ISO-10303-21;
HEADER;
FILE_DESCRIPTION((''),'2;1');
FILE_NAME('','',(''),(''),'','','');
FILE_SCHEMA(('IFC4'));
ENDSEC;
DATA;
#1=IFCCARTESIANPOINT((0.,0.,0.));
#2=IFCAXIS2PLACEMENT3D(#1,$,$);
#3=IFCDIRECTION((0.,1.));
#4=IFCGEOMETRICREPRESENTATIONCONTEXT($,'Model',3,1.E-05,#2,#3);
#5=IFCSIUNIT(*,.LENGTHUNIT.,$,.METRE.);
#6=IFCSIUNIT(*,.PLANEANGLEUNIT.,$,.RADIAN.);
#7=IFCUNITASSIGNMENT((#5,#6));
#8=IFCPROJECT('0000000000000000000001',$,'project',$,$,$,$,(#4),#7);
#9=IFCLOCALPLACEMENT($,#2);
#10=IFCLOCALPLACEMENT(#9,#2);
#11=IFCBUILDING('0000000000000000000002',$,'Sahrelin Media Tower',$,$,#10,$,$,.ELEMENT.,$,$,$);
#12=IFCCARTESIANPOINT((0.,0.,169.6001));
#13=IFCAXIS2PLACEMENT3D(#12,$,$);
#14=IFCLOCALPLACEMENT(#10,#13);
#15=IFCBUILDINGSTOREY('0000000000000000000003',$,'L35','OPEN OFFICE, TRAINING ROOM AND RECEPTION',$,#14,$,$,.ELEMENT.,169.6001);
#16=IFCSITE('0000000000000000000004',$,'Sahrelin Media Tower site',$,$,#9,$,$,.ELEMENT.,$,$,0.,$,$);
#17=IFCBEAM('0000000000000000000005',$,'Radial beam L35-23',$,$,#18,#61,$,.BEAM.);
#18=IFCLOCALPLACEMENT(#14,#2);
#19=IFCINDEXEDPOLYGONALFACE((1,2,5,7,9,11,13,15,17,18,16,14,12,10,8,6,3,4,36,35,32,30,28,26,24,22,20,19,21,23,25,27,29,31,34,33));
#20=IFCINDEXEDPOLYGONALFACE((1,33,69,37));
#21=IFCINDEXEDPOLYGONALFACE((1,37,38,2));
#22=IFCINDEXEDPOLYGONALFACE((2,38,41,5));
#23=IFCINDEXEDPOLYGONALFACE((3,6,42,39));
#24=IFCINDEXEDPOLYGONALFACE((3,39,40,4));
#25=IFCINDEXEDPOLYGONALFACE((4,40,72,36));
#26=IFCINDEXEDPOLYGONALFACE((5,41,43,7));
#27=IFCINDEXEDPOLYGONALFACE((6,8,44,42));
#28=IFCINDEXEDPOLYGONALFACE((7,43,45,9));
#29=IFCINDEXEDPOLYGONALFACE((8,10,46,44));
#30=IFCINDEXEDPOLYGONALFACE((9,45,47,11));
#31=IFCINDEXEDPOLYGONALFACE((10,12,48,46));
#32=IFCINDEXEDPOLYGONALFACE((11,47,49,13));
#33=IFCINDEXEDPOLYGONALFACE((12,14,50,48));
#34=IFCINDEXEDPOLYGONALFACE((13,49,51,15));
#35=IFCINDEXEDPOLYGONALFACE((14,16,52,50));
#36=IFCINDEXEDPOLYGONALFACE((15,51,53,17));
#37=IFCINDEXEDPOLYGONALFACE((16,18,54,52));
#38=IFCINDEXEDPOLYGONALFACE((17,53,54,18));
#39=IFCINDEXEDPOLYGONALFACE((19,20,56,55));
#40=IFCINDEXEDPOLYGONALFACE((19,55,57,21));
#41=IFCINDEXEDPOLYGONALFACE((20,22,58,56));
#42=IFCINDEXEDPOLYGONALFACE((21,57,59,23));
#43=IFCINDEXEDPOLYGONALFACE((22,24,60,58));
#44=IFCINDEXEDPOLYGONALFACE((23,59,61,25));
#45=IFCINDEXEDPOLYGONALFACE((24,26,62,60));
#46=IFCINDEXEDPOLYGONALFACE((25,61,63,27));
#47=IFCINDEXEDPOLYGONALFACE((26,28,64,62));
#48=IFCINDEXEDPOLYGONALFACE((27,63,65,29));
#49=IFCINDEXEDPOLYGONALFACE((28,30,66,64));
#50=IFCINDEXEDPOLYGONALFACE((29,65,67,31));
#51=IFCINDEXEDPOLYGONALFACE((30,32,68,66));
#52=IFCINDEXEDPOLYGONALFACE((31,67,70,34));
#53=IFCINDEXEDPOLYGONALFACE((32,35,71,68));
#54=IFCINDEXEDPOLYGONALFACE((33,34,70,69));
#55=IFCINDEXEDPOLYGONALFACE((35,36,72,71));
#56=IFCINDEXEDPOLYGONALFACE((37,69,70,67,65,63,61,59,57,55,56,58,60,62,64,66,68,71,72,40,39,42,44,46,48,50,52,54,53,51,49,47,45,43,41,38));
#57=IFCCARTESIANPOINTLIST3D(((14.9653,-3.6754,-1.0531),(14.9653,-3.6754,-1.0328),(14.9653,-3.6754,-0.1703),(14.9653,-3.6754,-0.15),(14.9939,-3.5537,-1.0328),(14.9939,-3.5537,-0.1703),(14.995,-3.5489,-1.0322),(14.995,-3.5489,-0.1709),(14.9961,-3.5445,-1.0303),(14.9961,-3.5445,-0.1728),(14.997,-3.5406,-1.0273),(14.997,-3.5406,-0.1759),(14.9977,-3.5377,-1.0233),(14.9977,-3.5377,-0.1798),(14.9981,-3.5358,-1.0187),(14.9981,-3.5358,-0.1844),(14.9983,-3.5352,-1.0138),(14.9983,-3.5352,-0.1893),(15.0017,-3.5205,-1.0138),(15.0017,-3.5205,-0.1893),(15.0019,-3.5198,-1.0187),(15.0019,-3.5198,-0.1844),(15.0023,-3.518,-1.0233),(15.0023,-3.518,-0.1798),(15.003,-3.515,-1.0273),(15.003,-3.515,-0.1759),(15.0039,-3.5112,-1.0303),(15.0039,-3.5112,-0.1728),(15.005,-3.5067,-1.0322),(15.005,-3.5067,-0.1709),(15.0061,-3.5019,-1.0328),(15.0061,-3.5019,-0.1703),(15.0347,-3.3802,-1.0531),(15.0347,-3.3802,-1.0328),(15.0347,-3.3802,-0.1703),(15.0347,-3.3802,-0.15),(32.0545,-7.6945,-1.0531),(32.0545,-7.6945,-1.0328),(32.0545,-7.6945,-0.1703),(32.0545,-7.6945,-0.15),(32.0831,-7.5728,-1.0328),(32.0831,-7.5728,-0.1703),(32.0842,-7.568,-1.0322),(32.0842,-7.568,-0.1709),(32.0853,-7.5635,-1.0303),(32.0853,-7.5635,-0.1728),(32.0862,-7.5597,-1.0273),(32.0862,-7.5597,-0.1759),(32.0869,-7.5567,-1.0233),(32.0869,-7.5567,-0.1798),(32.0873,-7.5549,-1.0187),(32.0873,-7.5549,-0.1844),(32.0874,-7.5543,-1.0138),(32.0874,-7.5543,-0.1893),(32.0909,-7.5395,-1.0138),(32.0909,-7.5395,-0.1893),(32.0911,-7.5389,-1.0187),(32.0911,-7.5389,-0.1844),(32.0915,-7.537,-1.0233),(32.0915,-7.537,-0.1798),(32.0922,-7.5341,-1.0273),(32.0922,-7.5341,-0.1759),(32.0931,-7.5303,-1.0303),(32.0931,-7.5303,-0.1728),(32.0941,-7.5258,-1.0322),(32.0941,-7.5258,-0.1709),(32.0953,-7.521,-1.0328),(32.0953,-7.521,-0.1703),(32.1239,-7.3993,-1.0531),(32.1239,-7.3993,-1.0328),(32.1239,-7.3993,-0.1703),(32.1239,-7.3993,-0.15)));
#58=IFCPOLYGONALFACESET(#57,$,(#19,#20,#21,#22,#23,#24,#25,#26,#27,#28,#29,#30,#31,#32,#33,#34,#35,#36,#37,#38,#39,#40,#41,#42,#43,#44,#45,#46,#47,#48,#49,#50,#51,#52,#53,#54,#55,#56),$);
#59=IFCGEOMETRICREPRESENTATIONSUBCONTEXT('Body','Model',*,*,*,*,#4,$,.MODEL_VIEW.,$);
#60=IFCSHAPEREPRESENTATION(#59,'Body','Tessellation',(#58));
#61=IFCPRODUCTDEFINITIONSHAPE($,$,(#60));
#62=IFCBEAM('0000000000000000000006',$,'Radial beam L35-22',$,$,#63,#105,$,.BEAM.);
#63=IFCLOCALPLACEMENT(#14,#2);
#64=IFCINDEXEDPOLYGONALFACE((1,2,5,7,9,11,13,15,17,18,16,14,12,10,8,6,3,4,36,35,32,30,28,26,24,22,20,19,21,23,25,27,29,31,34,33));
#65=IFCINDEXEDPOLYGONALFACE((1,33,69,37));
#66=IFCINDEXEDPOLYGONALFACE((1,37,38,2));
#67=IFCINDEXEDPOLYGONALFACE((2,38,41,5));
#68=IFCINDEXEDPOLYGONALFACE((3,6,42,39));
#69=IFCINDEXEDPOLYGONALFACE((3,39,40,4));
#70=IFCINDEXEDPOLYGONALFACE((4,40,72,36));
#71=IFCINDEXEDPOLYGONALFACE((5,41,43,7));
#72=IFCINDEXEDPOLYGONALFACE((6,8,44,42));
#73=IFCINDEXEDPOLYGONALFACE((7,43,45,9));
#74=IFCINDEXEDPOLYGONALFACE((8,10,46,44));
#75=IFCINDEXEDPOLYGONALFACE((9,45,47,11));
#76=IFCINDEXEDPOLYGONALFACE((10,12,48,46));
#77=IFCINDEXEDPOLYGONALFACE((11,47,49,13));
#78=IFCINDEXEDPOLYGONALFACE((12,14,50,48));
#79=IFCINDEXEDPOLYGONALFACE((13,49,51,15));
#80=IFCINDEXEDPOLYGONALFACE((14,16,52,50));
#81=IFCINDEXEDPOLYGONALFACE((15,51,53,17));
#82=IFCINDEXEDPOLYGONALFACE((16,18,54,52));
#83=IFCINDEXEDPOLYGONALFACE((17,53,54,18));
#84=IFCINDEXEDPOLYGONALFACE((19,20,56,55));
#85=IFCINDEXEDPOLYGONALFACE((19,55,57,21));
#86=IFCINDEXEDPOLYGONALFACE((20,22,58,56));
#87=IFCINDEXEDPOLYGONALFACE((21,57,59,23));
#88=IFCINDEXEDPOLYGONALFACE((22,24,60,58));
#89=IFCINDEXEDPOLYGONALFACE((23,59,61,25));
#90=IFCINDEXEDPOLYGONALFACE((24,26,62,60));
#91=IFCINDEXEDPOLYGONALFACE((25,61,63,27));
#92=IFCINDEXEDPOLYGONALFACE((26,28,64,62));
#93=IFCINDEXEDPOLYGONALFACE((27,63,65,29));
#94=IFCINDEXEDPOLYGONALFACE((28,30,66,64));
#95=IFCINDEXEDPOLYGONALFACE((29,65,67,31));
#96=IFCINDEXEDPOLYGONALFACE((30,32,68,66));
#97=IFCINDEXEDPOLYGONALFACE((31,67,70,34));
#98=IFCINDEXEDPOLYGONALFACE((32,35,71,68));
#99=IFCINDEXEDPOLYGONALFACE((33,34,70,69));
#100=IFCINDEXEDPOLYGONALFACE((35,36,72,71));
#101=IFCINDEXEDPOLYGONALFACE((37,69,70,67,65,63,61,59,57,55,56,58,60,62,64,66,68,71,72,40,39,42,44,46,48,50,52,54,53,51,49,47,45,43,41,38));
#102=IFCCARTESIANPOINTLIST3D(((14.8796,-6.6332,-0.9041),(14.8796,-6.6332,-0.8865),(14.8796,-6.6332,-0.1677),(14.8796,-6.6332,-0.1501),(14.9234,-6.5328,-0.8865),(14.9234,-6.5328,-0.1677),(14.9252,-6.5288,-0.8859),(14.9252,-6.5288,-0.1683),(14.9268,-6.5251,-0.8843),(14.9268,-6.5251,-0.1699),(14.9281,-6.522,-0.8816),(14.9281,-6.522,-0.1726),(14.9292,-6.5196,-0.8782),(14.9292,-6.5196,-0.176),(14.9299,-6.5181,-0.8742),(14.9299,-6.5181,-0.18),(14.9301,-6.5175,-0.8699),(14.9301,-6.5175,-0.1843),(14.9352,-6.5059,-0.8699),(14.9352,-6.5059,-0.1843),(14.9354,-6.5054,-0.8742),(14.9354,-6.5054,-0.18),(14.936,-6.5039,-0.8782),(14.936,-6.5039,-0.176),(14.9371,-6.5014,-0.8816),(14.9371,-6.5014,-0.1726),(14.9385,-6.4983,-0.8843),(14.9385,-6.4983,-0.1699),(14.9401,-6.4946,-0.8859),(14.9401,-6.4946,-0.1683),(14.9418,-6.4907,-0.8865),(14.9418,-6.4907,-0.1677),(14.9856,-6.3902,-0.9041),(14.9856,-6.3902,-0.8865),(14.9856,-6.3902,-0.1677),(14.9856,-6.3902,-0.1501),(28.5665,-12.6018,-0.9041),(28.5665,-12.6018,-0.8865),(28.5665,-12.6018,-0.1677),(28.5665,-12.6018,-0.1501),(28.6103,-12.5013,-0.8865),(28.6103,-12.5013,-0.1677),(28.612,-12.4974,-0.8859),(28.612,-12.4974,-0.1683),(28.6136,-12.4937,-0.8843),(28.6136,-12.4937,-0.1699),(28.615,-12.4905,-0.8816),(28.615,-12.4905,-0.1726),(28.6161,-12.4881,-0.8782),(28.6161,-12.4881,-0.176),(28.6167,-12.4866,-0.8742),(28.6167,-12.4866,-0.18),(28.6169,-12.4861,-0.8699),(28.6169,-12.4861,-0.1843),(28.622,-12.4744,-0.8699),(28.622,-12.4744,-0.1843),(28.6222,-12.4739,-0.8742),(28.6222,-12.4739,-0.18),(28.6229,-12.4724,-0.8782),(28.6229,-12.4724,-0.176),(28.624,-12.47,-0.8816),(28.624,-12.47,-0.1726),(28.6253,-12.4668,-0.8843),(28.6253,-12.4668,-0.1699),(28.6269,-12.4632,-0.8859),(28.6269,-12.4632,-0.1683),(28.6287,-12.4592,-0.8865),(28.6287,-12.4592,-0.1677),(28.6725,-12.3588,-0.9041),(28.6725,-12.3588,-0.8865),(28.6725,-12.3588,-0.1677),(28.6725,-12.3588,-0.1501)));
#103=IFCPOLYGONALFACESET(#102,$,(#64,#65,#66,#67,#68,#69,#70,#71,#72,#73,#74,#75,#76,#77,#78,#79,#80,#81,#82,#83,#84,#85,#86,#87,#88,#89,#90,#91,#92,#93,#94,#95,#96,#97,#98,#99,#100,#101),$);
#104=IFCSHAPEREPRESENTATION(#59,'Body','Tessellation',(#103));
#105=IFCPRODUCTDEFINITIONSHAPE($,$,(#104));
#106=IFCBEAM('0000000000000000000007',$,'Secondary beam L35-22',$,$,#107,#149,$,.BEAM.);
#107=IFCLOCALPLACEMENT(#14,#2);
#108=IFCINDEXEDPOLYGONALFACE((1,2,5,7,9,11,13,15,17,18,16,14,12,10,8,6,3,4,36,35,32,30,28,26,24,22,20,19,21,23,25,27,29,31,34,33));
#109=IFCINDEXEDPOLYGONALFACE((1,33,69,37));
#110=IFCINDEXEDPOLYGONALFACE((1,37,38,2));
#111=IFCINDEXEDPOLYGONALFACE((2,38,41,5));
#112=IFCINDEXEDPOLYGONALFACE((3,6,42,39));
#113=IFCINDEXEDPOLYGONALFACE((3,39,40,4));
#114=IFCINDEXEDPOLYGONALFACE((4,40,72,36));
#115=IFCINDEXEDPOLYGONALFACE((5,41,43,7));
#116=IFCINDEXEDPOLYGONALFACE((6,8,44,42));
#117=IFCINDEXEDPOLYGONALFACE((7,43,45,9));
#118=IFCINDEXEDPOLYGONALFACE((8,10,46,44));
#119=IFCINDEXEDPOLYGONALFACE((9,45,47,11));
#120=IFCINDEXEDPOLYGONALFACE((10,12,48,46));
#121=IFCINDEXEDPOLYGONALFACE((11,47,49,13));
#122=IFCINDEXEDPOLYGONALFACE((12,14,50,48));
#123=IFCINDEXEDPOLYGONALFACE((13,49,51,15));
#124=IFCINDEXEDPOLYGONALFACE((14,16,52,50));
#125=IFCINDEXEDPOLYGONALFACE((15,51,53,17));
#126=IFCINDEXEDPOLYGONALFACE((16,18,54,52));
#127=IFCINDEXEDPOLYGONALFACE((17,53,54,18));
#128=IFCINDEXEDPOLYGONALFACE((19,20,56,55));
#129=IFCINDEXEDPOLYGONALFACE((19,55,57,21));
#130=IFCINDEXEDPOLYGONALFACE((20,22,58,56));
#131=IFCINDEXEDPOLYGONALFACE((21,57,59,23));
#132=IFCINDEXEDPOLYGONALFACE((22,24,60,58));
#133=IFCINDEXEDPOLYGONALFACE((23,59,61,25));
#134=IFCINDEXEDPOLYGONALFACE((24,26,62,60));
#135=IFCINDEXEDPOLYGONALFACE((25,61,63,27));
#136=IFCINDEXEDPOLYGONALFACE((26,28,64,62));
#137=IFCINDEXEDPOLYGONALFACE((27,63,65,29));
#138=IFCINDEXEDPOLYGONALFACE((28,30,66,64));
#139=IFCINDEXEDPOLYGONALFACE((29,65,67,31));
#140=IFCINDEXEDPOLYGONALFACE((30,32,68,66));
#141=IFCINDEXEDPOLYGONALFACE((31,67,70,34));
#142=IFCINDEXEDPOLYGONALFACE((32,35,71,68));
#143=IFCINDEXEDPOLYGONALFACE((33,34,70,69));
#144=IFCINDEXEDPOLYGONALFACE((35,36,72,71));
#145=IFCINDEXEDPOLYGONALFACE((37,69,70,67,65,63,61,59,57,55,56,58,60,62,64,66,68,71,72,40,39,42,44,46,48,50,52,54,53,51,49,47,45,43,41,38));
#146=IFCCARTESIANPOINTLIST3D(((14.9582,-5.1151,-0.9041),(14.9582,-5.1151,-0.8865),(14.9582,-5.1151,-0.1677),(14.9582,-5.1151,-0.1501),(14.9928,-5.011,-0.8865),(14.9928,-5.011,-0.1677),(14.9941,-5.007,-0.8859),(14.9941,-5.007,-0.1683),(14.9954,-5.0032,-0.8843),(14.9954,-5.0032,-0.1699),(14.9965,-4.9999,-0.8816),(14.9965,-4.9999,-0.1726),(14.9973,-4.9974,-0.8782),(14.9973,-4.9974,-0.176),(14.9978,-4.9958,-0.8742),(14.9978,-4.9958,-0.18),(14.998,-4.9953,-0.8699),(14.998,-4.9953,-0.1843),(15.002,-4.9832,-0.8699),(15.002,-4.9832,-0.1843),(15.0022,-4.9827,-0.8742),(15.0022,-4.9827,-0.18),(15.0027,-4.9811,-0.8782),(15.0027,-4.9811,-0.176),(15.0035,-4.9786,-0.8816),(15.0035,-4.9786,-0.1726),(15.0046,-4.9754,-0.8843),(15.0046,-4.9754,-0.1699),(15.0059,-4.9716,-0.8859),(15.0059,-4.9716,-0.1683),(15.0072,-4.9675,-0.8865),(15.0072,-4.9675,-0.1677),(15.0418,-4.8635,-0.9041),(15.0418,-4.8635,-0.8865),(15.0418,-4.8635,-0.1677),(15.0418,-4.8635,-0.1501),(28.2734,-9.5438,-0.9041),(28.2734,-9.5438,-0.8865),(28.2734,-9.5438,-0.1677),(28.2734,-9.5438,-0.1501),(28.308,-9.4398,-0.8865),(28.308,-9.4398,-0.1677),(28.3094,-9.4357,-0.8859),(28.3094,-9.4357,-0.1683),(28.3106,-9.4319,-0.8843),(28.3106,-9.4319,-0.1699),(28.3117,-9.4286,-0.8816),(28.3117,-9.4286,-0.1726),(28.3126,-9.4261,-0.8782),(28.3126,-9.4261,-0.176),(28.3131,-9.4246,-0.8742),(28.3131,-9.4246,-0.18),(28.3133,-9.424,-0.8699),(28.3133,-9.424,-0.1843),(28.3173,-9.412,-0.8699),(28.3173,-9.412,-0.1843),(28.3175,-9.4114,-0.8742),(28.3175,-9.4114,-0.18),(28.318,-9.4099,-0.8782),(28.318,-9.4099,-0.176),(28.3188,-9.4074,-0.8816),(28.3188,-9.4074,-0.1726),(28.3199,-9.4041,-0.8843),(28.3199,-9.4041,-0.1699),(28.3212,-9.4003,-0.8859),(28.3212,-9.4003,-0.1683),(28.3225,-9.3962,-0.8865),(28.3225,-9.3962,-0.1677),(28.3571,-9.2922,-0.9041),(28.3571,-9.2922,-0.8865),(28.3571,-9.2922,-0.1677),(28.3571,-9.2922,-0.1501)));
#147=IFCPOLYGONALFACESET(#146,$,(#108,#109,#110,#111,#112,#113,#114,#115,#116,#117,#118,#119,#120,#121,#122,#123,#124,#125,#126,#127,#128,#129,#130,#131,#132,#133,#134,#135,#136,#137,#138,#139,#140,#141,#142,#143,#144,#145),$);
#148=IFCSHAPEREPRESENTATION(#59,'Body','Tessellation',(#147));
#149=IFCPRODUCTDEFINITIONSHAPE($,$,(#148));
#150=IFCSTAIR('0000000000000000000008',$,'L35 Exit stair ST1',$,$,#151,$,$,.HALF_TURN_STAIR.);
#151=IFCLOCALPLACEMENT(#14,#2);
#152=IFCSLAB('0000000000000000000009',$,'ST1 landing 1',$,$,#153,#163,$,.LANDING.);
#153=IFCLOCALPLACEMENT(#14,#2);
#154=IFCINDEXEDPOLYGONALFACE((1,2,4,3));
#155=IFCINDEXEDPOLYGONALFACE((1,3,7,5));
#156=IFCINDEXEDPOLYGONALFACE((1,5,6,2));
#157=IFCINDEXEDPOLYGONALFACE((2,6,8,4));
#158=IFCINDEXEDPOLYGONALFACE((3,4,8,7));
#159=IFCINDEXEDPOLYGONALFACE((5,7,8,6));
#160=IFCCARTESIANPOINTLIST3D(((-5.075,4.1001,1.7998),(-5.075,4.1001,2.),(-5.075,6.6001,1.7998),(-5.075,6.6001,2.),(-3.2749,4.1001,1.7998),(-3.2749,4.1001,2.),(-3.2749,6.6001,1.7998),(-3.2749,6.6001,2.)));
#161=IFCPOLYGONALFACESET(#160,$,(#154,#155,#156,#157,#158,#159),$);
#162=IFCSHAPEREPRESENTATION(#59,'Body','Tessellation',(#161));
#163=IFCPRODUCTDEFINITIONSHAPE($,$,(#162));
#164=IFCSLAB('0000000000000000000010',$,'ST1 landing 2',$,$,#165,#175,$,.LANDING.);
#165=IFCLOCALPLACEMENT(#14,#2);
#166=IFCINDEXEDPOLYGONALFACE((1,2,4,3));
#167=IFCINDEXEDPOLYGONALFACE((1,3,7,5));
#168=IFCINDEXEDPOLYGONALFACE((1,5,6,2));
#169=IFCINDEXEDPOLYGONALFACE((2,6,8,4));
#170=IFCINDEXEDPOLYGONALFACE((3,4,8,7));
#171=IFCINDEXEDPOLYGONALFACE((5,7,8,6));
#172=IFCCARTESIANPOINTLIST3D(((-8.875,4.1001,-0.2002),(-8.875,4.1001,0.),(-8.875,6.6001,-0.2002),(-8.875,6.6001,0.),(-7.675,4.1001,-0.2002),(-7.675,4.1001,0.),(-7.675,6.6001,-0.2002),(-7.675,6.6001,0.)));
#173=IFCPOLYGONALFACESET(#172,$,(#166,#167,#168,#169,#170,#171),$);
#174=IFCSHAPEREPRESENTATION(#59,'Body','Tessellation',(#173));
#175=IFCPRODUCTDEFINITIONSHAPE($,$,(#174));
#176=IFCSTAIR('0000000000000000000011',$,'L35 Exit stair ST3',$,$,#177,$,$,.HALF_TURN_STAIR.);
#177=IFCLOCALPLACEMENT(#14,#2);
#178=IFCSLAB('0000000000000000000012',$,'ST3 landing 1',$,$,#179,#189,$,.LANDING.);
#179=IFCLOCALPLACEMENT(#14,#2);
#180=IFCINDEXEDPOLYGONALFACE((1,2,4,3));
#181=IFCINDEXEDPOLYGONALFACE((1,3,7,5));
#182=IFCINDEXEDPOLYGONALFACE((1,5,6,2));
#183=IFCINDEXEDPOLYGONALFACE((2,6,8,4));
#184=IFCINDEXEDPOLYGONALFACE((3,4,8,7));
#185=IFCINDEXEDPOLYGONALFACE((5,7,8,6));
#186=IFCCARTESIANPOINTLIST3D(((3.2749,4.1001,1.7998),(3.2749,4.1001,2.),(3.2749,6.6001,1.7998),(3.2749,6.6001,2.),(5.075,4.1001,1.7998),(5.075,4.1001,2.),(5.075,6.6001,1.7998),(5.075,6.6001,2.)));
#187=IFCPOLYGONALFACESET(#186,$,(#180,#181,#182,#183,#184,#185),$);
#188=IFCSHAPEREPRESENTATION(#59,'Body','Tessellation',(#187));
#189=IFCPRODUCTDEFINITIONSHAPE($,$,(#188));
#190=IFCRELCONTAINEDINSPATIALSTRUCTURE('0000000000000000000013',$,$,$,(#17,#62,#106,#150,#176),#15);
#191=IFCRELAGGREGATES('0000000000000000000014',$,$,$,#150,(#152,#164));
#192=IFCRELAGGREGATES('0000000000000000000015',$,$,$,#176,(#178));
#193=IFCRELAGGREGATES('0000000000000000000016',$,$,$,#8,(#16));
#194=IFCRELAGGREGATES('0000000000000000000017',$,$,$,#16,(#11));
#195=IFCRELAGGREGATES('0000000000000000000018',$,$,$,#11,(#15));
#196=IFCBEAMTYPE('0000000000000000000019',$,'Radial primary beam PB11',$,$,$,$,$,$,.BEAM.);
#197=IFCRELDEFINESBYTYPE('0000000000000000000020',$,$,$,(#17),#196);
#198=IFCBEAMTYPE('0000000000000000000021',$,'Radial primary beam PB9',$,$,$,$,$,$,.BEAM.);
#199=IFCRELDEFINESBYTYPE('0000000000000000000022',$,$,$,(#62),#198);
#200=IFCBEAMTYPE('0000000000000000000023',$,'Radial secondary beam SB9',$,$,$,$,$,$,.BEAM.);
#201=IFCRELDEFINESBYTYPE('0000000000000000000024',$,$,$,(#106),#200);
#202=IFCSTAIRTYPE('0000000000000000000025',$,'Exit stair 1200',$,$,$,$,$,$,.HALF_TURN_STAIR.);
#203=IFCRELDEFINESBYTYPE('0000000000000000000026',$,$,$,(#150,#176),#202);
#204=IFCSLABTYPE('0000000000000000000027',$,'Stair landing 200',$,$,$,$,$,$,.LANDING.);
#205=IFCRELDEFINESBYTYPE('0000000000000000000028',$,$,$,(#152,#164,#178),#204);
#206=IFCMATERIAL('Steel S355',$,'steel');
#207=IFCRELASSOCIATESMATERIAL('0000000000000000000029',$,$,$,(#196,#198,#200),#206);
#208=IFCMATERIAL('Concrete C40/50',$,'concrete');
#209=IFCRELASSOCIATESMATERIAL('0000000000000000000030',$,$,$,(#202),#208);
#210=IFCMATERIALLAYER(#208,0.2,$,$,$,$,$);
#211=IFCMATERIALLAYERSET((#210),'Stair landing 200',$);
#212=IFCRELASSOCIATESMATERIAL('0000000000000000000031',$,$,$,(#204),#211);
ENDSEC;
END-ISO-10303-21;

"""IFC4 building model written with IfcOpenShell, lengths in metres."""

from ifc_helpers import new_model, si_unit, direction, frame, origin, origin_2d, place, context, subcontext, project, spatial, polyline, i_section, outline, extrude, material, layer, layer_set, material_profile, profile_set, type_object, element, aggregate, save


model = new_model("IFC4")

# Units and contexts
model_context = context("Model", 3, precision=1e-05, world=origin(), true_north=direction((0.0, 1.0)))
body_context = subcontext(model_context, "Body", "Model", "MODEL_VIEW")
ifc_project = project(units=[si_unit("LENGTHUNIT", "METRE"), si_unit("PLANEANGLEUNIT", "RADIAN")], contexts=[model_context])

# Site, building, storey
site_placement = place(None, origin())
site = spatial("IfcSite", under=ifc_project, at=site_placement, Name="Sahrelin Media Tower site", CompositionType="ELEMENT", RefElevation=0.0)
building_placement = place(site_placement, origin())
building = spatial("IfcBuilding", under=site, at=building_placement, Name="Sahrelin Media Tower", CompositionType="ELEMENT")
storey_placement = place(building_placement, frame((0.0, 0.0, 169.6001)))
storey = spatial("IfcBuildingStorey", under=building, at=storey_placement, Name="L35", Description="OPEN OFFICE, TRAINING ROOM AND RECEPTION", CompositionType="ELEMENT", Elevation=169.6001)

# Beams
ifc_material_1 = material(Name="Steel S355", Category="steel")
ifc_material_profile_1 = material_profile(ifc_material_1, i_section(OverallWidth=0.3032, OverallDepth=0.9031, WebThickness=0.0151, FlangeThickness=0.0203, FilletRadius=0.019, at=origin_2d()), Name="UB 914x305x201")
ifc_profile_set_1 = profile_set([ifc_material_profile_1], Name="Steel S355")
beam_type_1 = type_object("IfcBeamType", Name="Radial primary beam PB11", PredefinedType="BEAM", material=ifc_profile_set_1)
beam_1_placement = place(storey_placement, frame((15.0, -3.5278, -0.6016), z_axis=(0.973442, -0.228935, 0.0), x_axis=(0.228935, 0.973442, 0.0)))
element("IfcBeam", 1, at=beam_1_placement, inside=storey, type_object=beam_type_1, Name="Radial beam L35-23", PredefinedType="BEAM", context=body_context, shape_type="SweptSolid", body=[
    extrude(i_section(OverallWidth=0.3032, OverallDepth=0.9031, WebThickness=0.0151, FlangeThickness=0.0203, FilletRadius=0.019, at=origin_2d()), origin(), (0.0, 0.0, 1.0), 17.5554),
])
ifc_material_profile_2 = material_profile(ifc_material_1, i_section(OverallWidth=0.2651, OverallDepth=0.7539, WebThickness=0.0127, FlangeThickness=0.0176, FilletRadius=0.0166, at=origin_2d()), Name="UB 762x267x147")
ifc_profile_set_2 = profile_set([ifc_material_profile_2], Name="Steel S355")
beam_type_2 = type_object("IfcBeamType", Name="Radial primary beam PB9", PredefinedType="BEAM", material=ifc_profile_set_2)
beam_2_placement = place(storey_placement, frame((14.9326, -6.5117, -0.5271), z_axis=(0.916635, -0.399725, 0.0), x_axis=(0.399725, 0.916635, 0.0)))
element("IfcBeam", 2, at=beam_2_placement, inside=storey, type_object=beam_type_2, Name="Radial beam L35-22", PredefinedType="BEAM", context=body_context, shape_type="SweptSolid", body=[
    extrude(i_section(OverallWidth=0.2651, OverallDepth=0.7539, WebThickness=0.0127, FlangeThickness=0.0176, FilletRadius=0.0166, at=origin_2d()), origin(), (0.0, 0.0, 1.0), 14.9316),
])
ifc_material_profile_3 = material_profile(ifc_material_1, i_section(OverallWidth=0.2651, OverallDepth=0.7539, WebThickness=0.0127, FlangeThickness=0.0176, FilletRadius=0.0166, at=origin_2d()), Name="UB 762x267x147")
ifc_profile_set_3 = profile_set([ifc_material_profile_3], Name="Steel S355")
beam_type_3 = type_object("IfcBeamType", Name="Radial secondary beam SB9", PredefinedType="BEAM", material=ifc_profile_set_3)
beam_3_placement = place(storey_placement, frame((15.0, -4.9893, -0.5271), z_axis=(0.94889, -0.315607, 0.0), x_axis=(0.315607, 0.94889, 0.0)))
element("IfcBeam", 3, at=beam_3_placement, inside=storey, type_object=beam_type_3, Name="Secondary beam L35-22", PredefinedType="BEAM", context=body_context, shape_type="SweptSolid", body=[
    extrude(i_section(OverallWidth=0.2651, OverallDepth=0.7539, WebThickness=0.0127, FlangeThickness=0.0176, FilletRadius=0.0166, at=origin_2d()), origin(), (0.0, 0.0, 1.0), 14.0325),
])

# Stairs, slabs
ifc_material_2 = material(Name="Concrete C40/50", Category="concrete")
stair_type = type_object("IfcStairType", Name="Exit stair 1200", PredefinedType="HALF_TURN_STAIR", material=ifc_material_2)
placement_1 = place(storey_placement, origin())
stair_1 = element("IfcStair", 4, at=placement_1, inside=storey, type_object=stair_type, Name="L35 Exit stair ST1", PredefinedType="HALF_TURN_STAIR")
ifc_layer_1 = layer(ifc_material_2, 0.2)
ifc_layer_set_1 = layer_set([ifc_layer_1], Name="Stair landing 200")
slab_type = type_object("IfcSlabType", Name="Stair landing 200", PredefinedType="LANDING", material=ifc_layer_set_1)
placement_2 = place(storey_placement, frame((0.0, 0.0, 1.7998)))
slab_1 = element("IfcSlab", 5, at=placement_2, type_object=slab_type, Name="ST1 landing 1", PredefinedType="LANDING", context=body_context, shape_type="SweptSolid", body=[
    extrude(outline(polyline([(-5.075, 4.1001), (-3.2749, 4.1001), (-3.2749, 6.6001), (-5.075, 6.6001), (-5.075, 4.1001)])), origin(), (0.0, 0.0, 1.0), 0.2002),
])
placement_3 = place(storey_placement, frame((0.0, 0.0, -0.2002)))
slab_2 = element("IfcSlab", 6, at=placement_3, type_object=slab_type, Name="ST1 landing 2", PredefinedType="LANDING", context=body_context, shape_type="SweptSolid", body=[
    extrude(outline(polyline([(-8.875, 4.1001), (-7.675, 4.1001), (-7.675, 6.6001), (-8.875, 6.6001), (-8.875, 4.1001)])), origin(), (0.0, 0.0, 1.0), 0.2002),
])
aggregate(stair_1, [slab_1, slab_2])
stair_2 = element("IfcStair", 7, at=placement_1, inside=storey, type_object=stair_type, Name="L35 Exit stair ST3", PredefinedType="HALF_TURN_STAIR")
slab_3 = element("IfcSlab", 8, at=placement_2, type_object=slab_type, Name="ST3 landing 1", PredefinedType="LANDING", context=body_context, shape_type="SweptSolid", body=[
    extrude(outline(polyline([(5.075, 6.6001), (3.2749, 6.6001), (3.2749, 4.1001), (5.075, 4.1001), (5.075, 6.6001)])), origin(), (0.0, 0.0, 1.0), 0.2002),
])
aggregate(stair_2, [slab_3])

save(model, "model.ifc")
